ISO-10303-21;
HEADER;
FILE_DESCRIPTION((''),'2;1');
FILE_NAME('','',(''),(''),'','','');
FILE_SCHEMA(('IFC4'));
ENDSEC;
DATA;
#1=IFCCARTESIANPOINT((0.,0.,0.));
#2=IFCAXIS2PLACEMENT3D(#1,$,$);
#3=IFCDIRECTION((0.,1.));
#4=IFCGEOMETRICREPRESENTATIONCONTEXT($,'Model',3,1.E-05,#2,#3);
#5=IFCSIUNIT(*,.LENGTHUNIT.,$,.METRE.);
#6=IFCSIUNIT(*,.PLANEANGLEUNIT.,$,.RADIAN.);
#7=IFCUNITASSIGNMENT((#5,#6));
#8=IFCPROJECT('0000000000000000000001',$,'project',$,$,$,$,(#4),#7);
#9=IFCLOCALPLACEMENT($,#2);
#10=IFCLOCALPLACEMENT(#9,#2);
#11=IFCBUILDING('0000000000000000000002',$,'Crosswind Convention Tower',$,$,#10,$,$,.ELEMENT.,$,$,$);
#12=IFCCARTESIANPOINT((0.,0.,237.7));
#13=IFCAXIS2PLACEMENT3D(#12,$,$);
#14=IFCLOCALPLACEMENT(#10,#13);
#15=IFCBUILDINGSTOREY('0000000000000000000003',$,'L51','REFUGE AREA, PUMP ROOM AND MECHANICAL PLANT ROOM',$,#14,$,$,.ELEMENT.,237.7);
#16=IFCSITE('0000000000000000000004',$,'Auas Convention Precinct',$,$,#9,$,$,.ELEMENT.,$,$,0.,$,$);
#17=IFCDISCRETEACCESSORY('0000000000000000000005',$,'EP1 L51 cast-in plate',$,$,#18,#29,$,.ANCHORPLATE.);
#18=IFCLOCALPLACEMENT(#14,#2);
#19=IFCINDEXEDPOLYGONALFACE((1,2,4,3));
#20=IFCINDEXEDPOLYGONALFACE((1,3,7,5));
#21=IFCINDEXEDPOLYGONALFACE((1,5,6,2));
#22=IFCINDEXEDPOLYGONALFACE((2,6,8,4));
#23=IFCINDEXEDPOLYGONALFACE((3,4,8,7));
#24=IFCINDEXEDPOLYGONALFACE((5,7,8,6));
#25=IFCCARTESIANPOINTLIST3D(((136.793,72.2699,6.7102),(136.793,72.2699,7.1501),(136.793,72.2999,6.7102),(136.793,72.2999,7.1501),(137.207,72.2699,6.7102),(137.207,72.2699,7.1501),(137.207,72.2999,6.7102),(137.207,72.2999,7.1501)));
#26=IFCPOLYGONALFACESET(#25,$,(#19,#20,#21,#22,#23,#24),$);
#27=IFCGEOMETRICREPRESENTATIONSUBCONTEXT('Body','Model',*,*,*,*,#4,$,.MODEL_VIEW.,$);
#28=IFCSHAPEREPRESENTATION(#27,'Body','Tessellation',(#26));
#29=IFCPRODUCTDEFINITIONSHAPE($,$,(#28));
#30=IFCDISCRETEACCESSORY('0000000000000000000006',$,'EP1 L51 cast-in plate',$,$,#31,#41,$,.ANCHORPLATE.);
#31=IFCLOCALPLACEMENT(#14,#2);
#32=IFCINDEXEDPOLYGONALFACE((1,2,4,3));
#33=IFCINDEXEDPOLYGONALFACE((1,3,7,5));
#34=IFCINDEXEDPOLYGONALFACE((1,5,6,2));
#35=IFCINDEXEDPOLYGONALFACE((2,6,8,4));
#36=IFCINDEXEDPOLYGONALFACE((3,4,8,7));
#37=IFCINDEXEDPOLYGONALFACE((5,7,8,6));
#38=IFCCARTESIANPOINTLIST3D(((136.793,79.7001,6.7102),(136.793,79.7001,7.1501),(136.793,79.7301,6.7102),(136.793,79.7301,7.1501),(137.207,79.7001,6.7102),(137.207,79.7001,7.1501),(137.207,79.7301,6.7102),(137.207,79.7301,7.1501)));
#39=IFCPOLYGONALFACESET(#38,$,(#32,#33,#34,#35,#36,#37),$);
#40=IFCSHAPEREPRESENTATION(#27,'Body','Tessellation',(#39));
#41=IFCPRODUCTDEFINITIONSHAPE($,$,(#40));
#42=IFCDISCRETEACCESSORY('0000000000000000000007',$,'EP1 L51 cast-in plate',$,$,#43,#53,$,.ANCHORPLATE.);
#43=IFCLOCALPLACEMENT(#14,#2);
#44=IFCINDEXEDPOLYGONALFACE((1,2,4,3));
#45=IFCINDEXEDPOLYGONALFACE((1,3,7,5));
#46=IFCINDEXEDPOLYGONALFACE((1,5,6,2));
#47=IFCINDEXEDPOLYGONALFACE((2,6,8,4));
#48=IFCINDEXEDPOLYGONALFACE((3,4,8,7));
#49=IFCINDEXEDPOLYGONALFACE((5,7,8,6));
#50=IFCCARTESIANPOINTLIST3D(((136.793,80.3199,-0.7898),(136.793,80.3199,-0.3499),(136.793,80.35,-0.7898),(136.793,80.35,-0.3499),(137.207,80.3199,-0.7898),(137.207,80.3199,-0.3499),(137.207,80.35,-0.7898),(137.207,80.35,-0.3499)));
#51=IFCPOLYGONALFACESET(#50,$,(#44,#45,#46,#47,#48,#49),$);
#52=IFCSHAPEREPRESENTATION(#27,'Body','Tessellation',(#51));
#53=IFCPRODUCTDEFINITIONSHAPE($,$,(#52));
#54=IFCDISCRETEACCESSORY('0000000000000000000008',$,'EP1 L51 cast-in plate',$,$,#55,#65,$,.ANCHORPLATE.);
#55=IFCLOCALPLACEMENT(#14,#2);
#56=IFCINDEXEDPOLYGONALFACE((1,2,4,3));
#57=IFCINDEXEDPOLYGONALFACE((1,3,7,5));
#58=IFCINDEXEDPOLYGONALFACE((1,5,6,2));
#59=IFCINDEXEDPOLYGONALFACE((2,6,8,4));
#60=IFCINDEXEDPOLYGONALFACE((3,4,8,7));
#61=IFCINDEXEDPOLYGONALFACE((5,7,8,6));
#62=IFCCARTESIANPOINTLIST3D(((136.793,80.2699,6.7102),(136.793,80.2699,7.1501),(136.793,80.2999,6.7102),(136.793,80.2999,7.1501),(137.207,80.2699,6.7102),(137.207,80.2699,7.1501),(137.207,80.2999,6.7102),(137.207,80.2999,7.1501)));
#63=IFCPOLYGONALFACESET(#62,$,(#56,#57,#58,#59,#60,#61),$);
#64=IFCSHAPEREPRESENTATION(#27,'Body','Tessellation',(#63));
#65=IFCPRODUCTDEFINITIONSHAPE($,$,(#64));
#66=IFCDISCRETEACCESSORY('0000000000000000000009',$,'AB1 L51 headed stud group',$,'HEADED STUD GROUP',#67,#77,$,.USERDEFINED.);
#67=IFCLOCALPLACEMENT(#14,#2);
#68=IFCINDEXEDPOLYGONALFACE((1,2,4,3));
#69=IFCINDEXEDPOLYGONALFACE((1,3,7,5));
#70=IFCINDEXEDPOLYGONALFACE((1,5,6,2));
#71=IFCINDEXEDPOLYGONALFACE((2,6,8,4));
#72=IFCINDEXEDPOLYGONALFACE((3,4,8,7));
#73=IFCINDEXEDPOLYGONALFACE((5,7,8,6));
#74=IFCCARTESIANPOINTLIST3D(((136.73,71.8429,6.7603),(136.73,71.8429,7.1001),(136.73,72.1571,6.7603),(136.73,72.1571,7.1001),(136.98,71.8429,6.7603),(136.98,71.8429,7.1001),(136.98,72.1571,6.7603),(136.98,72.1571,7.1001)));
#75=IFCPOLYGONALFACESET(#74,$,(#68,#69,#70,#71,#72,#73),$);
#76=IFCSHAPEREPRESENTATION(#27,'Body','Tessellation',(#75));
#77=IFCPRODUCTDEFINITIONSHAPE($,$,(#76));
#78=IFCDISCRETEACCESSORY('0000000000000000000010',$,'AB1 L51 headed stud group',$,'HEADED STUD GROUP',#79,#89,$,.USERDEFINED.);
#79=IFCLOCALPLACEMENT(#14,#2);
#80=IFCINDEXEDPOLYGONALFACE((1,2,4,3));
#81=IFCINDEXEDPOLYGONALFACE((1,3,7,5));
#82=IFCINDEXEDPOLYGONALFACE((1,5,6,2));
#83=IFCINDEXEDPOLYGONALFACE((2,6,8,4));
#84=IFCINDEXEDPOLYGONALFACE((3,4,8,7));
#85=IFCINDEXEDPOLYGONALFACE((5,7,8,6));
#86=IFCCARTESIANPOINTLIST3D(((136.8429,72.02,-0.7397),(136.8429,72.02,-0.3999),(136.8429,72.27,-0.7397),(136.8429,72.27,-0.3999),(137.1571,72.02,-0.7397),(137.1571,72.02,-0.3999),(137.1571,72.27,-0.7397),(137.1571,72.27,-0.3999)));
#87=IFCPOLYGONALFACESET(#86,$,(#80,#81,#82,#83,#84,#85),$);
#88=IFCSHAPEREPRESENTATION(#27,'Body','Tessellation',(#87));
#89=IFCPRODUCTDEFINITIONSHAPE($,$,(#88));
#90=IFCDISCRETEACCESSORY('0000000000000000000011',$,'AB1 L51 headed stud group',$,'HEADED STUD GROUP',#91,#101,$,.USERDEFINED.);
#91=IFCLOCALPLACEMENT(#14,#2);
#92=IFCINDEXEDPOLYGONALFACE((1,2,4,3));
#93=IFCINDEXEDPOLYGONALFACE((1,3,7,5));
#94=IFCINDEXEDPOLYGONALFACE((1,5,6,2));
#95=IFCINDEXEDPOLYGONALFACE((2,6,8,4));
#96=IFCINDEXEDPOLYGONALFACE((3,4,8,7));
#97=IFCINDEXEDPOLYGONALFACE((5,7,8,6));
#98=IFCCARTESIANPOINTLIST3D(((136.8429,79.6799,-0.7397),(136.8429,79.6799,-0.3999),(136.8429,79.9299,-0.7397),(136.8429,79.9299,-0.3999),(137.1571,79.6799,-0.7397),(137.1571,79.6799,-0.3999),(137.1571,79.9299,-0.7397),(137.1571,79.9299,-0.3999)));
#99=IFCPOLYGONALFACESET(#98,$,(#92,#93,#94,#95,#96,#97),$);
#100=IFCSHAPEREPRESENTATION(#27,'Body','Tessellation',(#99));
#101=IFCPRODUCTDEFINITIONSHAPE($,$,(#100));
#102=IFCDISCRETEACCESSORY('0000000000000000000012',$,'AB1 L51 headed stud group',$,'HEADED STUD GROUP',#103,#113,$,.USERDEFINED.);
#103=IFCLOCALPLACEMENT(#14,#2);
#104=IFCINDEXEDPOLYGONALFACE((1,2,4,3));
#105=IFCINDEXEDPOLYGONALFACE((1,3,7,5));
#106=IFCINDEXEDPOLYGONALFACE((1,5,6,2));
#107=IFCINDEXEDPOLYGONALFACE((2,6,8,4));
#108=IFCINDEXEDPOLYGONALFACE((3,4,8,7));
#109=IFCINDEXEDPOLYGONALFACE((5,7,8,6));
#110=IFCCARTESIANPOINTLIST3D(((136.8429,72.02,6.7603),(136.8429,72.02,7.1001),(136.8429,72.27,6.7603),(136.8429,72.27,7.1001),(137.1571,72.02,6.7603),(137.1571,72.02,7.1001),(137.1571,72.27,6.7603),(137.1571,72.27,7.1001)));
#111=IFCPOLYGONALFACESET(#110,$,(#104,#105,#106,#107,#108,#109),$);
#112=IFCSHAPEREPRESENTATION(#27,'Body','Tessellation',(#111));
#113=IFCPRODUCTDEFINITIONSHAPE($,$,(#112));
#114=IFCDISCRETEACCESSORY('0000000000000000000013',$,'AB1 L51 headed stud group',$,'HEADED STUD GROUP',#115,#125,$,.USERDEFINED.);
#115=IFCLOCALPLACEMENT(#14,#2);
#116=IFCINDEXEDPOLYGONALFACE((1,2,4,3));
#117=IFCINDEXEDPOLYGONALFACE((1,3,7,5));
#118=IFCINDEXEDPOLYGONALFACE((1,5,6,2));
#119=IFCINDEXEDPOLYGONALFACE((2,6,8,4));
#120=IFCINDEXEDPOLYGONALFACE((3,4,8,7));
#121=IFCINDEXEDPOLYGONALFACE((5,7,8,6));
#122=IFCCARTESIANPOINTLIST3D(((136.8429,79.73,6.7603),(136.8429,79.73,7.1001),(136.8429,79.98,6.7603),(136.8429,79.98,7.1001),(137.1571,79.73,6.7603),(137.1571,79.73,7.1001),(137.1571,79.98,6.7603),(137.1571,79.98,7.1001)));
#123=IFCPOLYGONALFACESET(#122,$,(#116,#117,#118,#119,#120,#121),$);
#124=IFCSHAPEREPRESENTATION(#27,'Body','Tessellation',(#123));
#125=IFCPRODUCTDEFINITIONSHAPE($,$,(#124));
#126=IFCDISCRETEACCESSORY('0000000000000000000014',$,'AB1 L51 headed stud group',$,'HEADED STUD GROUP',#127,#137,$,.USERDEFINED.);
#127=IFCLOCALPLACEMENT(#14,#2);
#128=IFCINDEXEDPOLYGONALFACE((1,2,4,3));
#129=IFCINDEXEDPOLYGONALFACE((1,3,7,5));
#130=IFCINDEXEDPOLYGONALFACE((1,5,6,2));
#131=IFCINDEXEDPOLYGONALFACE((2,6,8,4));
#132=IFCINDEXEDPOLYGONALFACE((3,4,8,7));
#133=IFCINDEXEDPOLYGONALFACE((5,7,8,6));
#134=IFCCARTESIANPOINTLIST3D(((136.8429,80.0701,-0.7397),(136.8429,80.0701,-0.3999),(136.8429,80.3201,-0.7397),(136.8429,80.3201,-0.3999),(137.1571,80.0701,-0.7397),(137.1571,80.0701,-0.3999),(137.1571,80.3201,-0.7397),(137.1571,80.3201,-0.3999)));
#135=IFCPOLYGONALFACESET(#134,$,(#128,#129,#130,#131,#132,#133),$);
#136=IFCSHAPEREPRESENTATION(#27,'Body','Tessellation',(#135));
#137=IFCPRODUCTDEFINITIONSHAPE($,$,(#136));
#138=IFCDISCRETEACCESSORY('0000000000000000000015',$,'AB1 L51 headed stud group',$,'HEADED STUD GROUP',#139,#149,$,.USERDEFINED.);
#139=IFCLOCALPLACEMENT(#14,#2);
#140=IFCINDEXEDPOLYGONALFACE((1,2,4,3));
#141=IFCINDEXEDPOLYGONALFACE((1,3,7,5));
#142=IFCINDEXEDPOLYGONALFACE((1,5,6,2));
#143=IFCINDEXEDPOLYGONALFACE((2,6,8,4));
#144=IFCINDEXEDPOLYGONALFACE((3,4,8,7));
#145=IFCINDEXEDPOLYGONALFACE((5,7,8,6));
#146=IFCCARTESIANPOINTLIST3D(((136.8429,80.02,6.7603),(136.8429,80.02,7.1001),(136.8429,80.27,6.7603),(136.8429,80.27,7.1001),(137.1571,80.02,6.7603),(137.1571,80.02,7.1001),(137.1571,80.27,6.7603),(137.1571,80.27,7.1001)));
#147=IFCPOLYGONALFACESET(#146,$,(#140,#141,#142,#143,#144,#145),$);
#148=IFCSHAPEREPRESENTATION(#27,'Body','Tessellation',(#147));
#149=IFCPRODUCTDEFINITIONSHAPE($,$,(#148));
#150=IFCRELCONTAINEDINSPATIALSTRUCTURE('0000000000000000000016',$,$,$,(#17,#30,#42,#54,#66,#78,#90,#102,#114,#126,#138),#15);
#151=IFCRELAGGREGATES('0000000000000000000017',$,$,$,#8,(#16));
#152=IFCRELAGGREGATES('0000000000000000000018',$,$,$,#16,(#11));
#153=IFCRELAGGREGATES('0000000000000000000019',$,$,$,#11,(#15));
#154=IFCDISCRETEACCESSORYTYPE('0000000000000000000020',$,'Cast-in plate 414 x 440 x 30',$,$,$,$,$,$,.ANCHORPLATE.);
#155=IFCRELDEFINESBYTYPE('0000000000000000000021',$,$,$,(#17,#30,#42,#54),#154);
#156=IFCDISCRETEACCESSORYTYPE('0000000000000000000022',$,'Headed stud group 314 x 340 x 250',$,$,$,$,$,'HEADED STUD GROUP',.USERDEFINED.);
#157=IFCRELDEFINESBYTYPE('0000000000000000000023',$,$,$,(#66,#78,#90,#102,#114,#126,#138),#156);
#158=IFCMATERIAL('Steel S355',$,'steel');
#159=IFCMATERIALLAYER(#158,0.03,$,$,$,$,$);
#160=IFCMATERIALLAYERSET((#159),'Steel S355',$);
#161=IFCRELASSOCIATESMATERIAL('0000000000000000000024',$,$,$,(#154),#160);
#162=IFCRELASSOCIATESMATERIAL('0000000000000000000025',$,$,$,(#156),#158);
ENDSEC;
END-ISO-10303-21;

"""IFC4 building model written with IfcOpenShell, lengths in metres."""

from ifc_helpers import new_model, si_unit, direction, frame, origin, origin_2d, place, context, subcontext, project, spatial, rectangle, extrude, material, layer, layer_set, type_object, element, save


model = new_model("IFC4")

# Units and contexts
model_context = context("Model", 3, precision=1e-05, world=origin(), true_north=direction((0.0, 1.0)))
body_context = subcontext(model_context, "Body", "Model", "MODEL_VIEW")
ifc_project = project(units=[si_unit("LENGTHUNIT", "METRE"), si_unit("PLANEANGLEUNIT", "RADIAN")], contexts=[model_context])

# Site, building, storey
site_placement = place(None, origin())
site = spatial("IfcSite", under=ifc_project, at=site_placement, Name="Auas Convention Precinct", CompositionType="ELEMENT", RefElevation=0.0)
building_placement = place(site_placement, origin())
building = spatial("IfcBuilding", under=site, at=building_placement, Name="Crosswind Convention Tower", CompositionType="ELEMENT")
storey_placement = place(building_placement, frame((0.0, 0.0, 237.7)))
storey = spatial("IfcBuildingStorey", under=building, at=storey_placement, Name="L51", Description="REFUGE AREA, PUMP ROOM AND MECHANICAL PLANT ROOM", CompositionType="ELEMENT", Elevation=237.7)

# Shared definitions
ifc_material_1 = material(Name="Steel S355", Category="steel")

# Discrete accessories
ifc_layer_1 = layer(ifc_material_1, 0.03)
ifc_layer_set_1 = layer_set([ifc_layer_1], Name="Steel S355")
discrete_accessory_type_1 = type_object("IfcDiscreteAccessoryType", Name="Cast-in plate 414 x 440 x 30", PredefinedType="ANCHORPLATE", material=ifc_layer_set_1)
for number, where, z_axis, x_axis, name in (
    (1, (137.0, 72.2849, 6.7102), (0.0, 0.0, 1.0), (1.0, 0.0, 0.0), "EP1 L51 cast-in plate"),
    (2, (137.0, 79.7151, 6.7102), (0.0, 0.0, 1.0), (1.0, 0.0, 0.0), "EP1 L51 cast-in plate"),
    (3, (137.0, 80.335, -0.7898), (0.0, 0.0, 1.0), (1.0, 0.0, 0.0), "EP1 L51 cast-in plate"),
    (4, (137.0, 80.2849, 6.7102), (0.0, 0.0, 1.0), (1.0, 0.0, 0.0), "EP1 L51 cast-in plate"),
):
    element("IfcDiscreteAccessory", number, at=place(storey_placement, frame(where, z_axis=z_axis, x_axis=x_axis)), inside=storey, type_object=discrete_accessory_type_1, Name=name, PredefinedType="ANCHORPLATE", context=body_context, shape_type="SweptSolid", body=[
        extrude(rectangle(XDim=0.4141, YDim=0.03, at=origin_2d()), origin(), (0.0, 0.0, 1.0), 0.4399),
    ])
discrete_accessory_type_2 = type_object("IfcDiscreteAccessoryType", Name="Headed stud group 314 x 340 x 250", ElementType="HEADED STUD GROUP", PredefinedType="USERDEFINED", material=ifc_material_1)
discrete_accessory_placement = place(storey_placement, frame((136.855, 72.0, 6.7603), z_axis=(0.0, 0.0, 1.0), x_axis=(1.0, 0.0, 0.0)))
element("IfcDiscreteAccessory", 5, at=discrete_accessory_placement, inside=storey, type_object=discrete_accessory_type_2, Name="AB1 L51 headed stud group", ObjectType="HEADED STUD GROUP", PredefinedType="USERDEFINED", context=body_context, shape_type="SweptSolid", body=[
    extrude(rectangle(XDim=0.25, YDim=0.3142, at=origin_2d()), origin(), (0.0, 0.0, 1.0), 0.3398),
])
for number, where, z_axis, x_axis, name in (
    (6, (137.0, 72.145, -0.7397), (0.0, 0.0, 1.0), (1.0, 0.0, 0.0), "AB1 L51 headed stud group"),
    (7, (137.0, 79.8049, -0.7397), (0.0, 0.0, 1.0), (1.0, 0.0, 0.0), "AB1 L51 headed stud group"),
    (8, (137.0, 72.145, 6.7603), (0.0, 0.0, 1.0), (1.0, 0.0, 0.0), "AB1 L51 headed stud group"),
    (9, (137.0, 79.855, 6.7603), (0.0, 0.0, 1.0), (1.0, 0.0, 0.0), "AB1 L51 headed stud group"),
    (10, (137.0, 80.1951, -0.7397), (0.0, 0.0, 1.0), (1.0, 0.0, 0.0), "AB1 L51 headed stud group"),
    (11, (137.0, 80.145, 6.7603), (0.0, 0.0, 1.0), (1.0, 0.0, 0.0), "AB1 L51 headed stud group"),
):
    element("IfcDiscreteAccessory", number, at=place(storey_placement, frame(where, z_axis=z_axis, x_axis=x_axis)), inside=storey, type_object=discrete_accessory_type_2, Name=name, ObjectType="HEADED STUD GROUP", PredefinedType="USERDEFINED", context=body_context, shape_type="SweptSolid", body=[
        extrude(rectangle(XDim=0.3142, YDim=0.25, at=origin_2d()), origin(), (0.0, 0.0, 1.0), 0.3398),
    ])

save(model, "model.ifc")
